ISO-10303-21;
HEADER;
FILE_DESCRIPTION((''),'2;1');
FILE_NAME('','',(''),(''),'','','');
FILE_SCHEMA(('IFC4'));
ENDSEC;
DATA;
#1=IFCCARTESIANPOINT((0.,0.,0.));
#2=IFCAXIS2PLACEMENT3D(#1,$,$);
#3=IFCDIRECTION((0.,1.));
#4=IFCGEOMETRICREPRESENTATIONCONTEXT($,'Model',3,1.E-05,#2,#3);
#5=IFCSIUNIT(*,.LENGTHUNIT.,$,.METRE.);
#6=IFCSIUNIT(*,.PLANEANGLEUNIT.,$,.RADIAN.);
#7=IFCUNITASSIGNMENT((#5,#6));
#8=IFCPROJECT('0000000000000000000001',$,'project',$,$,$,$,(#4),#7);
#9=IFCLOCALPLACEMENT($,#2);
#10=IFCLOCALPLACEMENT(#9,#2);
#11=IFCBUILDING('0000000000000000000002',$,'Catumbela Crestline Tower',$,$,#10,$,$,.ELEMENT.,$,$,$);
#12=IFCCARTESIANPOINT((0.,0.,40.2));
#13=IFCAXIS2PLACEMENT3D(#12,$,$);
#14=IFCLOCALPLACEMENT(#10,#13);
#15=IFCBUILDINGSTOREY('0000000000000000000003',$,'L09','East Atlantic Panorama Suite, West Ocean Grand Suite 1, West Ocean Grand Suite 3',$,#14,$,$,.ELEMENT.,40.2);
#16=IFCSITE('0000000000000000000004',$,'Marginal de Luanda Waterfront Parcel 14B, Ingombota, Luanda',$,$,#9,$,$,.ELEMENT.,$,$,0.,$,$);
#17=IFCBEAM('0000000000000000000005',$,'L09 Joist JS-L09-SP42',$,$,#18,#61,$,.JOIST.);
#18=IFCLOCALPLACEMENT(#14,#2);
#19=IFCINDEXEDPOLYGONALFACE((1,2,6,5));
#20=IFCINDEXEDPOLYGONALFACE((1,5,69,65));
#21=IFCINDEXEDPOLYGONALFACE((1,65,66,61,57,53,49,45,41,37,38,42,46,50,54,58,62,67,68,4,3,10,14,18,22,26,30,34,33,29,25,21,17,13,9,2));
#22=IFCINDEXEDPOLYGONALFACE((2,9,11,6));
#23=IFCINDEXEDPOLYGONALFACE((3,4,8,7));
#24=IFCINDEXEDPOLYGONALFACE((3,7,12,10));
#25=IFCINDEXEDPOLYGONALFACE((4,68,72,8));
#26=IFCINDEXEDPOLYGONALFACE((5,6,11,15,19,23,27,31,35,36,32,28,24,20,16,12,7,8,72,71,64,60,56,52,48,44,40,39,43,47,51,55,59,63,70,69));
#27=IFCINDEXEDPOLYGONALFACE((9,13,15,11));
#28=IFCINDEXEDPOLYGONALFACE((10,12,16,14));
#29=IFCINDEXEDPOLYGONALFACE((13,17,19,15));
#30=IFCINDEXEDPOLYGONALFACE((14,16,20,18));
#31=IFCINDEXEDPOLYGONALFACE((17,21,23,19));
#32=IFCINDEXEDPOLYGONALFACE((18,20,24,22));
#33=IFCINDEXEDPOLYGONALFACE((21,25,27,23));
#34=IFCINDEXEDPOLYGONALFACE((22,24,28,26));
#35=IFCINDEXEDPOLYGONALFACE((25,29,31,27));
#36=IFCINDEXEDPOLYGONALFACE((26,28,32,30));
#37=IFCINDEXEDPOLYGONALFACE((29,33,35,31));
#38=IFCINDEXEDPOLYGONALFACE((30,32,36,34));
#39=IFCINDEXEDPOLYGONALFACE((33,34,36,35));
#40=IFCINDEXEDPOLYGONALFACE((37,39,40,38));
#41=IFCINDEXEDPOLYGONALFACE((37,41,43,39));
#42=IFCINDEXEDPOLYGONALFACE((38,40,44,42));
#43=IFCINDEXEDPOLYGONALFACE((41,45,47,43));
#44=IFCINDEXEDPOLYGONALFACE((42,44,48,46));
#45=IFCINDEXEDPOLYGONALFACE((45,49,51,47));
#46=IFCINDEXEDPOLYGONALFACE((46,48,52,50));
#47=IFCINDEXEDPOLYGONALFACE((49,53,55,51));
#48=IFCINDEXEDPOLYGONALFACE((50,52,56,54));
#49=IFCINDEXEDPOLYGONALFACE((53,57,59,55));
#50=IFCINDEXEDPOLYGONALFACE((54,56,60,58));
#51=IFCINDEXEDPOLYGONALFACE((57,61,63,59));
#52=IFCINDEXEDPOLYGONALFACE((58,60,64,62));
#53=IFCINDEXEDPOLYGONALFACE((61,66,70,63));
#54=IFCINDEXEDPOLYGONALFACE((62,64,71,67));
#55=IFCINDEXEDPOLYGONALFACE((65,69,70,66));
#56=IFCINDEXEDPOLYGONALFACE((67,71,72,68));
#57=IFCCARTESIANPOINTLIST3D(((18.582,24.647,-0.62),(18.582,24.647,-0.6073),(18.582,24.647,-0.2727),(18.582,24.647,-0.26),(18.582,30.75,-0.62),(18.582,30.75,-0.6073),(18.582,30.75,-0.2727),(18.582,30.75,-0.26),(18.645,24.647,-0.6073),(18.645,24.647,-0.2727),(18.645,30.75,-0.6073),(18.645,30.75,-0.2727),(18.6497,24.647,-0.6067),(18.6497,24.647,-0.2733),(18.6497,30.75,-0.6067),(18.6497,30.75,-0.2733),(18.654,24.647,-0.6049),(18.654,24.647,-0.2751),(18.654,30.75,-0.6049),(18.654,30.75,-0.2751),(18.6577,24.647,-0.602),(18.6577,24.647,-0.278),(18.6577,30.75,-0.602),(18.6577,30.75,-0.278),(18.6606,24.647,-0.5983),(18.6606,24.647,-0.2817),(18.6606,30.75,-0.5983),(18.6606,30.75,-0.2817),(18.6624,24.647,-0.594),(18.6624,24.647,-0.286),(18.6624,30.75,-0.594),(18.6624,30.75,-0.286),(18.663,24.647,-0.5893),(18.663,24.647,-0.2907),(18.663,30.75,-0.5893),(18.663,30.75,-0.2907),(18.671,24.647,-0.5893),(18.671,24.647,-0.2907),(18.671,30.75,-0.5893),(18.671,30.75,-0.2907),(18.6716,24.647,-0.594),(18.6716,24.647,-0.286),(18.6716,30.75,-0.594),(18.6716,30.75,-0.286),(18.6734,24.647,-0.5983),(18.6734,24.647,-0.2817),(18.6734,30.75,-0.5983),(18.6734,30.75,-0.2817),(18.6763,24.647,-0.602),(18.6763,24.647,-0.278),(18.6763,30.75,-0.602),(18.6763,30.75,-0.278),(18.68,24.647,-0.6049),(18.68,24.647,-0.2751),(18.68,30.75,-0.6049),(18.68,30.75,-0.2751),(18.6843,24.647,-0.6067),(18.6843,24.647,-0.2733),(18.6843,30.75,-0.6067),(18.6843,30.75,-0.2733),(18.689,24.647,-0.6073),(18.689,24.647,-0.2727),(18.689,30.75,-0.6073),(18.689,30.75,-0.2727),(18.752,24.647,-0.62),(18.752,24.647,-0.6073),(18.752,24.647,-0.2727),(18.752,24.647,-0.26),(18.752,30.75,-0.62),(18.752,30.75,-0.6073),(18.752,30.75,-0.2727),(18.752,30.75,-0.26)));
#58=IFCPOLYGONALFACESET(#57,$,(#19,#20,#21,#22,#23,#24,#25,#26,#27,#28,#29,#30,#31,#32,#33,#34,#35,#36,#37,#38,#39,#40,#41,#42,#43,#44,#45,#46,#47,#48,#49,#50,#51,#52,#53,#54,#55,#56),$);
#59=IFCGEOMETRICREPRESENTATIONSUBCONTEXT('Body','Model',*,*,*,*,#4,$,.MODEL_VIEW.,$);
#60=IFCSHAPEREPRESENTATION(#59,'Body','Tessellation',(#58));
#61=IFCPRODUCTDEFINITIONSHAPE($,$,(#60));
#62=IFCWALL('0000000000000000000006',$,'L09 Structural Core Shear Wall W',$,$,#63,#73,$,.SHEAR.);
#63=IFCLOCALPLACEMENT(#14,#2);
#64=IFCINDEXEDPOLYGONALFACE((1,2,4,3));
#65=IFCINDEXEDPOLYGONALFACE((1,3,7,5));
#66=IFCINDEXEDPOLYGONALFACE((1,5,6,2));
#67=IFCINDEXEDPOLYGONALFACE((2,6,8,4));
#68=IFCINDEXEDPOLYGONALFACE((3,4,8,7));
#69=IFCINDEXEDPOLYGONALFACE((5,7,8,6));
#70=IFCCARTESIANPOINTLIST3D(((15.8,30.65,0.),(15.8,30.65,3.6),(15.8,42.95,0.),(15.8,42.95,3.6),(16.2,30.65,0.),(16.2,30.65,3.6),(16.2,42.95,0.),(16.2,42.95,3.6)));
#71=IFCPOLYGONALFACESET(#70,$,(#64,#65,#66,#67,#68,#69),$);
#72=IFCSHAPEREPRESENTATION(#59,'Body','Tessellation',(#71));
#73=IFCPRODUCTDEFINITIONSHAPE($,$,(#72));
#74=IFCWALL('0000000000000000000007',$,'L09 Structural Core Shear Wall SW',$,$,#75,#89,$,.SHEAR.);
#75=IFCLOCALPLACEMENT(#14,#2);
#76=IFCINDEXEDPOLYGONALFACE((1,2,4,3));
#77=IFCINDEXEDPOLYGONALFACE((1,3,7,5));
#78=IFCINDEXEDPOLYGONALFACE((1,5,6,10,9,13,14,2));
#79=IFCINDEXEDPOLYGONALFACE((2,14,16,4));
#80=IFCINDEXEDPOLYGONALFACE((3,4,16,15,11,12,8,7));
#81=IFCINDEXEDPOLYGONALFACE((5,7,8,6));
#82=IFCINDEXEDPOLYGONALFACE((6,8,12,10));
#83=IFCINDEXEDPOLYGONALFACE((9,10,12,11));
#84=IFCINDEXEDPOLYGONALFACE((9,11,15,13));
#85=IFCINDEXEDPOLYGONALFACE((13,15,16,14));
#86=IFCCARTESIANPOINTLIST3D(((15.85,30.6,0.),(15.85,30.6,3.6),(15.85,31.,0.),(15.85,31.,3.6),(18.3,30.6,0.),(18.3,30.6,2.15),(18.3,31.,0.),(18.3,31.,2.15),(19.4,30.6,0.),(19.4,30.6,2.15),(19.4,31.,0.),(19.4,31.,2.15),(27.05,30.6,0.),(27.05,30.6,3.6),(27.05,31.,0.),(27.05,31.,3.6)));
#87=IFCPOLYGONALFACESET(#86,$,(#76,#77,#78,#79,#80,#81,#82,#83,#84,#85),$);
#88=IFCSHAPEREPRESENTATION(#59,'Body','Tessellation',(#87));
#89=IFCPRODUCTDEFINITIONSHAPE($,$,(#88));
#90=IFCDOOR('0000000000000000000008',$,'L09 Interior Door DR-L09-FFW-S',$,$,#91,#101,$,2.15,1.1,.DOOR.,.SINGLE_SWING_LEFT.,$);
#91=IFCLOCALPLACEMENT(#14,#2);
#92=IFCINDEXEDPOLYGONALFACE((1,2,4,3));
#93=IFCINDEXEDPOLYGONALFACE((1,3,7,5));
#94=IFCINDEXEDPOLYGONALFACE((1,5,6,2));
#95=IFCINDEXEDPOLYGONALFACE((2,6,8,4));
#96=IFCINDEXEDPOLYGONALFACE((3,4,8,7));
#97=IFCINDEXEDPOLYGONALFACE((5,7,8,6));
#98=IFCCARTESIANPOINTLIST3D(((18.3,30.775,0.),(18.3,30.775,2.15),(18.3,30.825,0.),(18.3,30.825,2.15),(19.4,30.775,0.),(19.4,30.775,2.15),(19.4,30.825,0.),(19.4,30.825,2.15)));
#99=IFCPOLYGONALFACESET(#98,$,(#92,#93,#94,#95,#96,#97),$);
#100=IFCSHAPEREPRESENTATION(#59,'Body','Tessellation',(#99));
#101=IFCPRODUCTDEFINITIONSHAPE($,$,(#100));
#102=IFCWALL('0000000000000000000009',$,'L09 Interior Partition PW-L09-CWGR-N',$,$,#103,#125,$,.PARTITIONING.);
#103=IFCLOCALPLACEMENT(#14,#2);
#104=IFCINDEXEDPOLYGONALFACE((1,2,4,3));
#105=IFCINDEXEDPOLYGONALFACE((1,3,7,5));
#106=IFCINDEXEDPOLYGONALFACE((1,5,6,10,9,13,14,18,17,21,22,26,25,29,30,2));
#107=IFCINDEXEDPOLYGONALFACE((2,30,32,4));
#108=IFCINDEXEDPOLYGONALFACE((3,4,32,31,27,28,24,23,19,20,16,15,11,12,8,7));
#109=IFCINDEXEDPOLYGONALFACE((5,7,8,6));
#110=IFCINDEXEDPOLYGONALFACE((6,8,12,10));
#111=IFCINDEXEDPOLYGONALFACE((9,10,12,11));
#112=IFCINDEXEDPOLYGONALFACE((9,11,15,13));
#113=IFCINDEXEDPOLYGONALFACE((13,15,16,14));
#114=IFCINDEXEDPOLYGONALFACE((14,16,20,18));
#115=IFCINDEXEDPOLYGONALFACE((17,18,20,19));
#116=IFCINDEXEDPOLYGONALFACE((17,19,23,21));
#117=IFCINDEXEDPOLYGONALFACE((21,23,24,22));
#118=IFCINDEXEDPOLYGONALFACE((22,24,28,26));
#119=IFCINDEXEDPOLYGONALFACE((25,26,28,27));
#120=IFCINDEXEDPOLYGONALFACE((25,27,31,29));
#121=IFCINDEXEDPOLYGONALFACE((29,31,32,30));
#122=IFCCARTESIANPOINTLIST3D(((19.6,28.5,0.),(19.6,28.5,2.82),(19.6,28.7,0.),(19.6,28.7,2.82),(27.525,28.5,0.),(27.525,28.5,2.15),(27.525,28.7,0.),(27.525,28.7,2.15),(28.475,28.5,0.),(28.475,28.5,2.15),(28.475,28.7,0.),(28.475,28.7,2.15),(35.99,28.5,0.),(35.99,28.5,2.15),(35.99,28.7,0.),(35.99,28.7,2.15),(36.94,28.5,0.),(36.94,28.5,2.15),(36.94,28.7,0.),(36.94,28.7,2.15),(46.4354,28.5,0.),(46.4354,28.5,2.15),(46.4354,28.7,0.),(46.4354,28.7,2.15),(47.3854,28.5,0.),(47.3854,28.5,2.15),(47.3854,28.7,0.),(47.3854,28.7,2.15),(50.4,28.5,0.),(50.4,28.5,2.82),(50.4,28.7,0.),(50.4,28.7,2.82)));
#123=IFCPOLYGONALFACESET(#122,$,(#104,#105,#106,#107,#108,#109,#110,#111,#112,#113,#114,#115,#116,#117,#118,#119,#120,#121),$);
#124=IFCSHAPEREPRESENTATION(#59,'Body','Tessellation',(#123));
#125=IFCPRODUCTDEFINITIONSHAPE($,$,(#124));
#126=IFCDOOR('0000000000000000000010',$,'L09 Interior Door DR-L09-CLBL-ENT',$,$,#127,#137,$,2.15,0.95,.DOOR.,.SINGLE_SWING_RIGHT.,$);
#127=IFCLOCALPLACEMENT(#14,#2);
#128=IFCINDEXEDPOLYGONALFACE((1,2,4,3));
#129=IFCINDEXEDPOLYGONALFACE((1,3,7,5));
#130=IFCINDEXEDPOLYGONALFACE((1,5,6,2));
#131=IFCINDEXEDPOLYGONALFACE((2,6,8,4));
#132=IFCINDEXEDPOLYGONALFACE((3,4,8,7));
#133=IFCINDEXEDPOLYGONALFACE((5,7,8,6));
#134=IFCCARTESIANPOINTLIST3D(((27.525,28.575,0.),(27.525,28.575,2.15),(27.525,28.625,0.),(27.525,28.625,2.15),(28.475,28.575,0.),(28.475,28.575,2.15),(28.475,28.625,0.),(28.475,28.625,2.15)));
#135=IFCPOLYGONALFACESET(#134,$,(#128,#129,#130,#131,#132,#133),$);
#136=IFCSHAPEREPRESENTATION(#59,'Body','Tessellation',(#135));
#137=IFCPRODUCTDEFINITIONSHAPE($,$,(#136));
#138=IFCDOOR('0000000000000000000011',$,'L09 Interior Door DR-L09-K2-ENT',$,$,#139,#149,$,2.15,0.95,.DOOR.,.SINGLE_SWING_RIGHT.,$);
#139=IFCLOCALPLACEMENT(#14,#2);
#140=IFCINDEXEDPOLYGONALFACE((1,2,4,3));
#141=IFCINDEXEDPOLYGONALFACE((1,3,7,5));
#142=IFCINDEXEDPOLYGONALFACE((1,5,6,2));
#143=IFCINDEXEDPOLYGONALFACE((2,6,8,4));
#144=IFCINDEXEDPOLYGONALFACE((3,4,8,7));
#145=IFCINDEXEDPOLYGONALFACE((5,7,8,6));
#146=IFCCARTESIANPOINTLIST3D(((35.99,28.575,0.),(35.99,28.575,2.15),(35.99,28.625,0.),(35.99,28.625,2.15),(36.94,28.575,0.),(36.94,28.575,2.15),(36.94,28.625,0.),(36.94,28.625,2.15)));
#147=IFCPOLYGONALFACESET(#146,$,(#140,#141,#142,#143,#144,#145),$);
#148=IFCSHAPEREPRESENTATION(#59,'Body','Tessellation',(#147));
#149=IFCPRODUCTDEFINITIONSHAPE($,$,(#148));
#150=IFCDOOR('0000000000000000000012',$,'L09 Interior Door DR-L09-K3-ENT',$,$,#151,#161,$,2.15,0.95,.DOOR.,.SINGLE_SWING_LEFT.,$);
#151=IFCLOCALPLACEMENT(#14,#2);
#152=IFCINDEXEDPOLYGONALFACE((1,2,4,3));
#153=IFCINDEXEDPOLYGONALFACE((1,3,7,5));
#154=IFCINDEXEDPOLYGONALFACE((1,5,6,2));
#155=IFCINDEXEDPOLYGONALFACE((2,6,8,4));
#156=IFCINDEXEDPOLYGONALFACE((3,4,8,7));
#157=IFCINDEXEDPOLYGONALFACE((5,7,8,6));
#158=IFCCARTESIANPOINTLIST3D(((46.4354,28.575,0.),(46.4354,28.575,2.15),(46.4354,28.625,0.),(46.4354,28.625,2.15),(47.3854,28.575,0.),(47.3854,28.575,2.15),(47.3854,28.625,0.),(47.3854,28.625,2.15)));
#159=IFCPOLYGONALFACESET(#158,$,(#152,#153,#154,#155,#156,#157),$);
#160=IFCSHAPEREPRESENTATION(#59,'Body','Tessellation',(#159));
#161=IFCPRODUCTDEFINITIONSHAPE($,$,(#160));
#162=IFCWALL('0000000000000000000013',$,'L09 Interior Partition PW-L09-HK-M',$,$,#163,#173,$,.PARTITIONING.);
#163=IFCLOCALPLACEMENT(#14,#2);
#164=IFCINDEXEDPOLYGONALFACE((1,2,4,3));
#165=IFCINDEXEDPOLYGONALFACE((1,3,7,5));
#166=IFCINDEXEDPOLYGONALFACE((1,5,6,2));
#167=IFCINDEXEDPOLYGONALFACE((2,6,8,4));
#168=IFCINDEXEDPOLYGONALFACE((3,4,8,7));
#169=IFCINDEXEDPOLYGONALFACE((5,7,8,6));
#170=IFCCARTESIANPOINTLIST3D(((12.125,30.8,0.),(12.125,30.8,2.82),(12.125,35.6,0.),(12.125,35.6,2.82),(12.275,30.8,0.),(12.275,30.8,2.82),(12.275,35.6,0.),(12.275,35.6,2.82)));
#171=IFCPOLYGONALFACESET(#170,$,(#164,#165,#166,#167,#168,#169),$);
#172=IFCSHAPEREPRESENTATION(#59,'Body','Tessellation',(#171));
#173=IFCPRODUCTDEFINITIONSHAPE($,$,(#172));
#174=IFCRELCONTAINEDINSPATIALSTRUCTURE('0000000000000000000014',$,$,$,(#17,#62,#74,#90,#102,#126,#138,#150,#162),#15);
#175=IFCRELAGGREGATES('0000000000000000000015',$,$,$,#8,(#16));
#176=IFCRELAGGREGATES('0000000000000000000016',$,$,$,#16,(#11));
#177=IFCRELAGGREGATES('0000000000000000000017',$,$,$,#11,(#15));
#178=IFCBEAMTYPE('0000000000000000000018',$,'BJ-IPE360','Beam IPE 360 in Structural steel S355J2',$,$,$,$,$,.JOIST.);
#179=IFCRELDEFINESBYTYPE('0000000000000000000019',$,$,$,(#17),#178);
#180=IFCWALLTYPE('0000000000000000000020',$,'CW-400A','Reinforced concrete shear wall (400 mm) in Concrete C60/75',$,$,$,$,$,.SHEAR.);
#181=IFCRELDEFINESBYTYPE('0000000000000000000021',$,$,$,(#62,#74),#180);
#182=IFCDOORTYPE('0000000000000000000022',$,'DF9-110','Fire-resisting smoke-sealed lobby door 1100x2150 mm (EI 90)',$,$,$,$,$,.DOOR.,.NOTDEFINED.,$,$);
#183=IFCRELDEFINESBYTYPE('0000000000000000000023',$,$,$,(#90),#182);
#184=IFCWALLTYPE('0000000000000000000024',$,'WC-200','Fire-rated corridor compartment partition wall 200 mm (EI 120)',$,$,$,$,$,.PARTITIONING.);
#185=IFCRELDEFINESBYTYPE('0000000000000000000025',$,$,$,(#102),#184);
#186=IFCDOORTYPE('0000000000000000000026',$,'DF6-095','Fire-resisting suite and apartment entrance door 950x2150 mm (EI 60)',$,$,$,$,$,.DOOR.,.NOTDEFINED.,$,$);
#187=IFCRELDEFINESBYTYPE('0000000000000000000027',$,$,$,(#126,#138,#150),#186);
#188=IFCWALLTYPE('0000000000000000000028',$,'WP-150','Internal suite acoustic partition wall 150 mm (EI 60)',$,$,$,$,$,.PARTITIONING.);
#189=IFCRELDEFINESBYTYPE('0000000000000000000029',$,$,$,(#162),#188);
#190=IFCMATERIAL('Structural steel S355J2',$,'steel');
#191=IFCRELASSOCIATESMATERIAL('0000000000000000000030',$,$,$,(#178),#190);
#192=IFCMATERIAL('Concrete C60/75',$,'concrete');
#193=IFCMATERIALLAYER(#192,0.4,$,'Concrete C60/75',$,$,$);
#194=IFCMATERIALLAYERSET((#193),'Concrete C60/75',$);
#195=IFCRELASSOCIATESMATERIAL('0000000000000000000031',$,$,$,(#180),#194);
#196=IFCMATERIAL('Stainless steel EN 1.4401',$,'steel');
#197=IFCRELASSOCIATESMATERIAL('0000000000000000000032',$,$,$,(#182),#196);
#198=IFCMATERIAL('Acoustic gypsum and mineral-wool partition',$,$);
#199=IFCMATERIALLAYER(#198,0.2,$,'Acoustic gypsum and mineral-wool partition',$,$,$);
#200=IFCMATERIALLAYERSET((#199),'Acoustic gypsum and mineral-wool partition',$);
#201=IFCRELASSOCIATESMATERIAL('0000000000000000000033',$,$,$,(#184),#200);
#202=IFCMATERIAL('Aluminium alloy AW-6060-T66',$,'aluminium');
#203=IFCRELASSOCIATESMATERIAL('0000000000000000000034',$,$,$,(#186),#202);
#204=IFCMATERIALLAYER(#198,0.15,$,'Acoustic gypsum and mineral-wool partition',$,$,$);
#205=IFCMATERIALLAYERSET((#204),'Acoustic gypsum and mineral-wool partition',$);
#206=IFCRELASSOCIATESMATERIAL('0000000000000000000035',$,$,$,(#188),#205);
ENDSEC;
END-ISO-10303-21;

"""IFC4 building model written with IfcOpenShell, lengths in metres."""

from ifc_helpers import new_model, si_unit, direction, frame, frame_2d, origin, origin_2d, place, context, subcontext, project, spatial, rectangle, i_section, extrude, material, layer, layer_set, material_profile, profile_set, type_object, element, fill, save


model = new_model("IFC4")

# Units and contexts
model_context = context("Model", 3, precision=1e-05, world=origin(), true_north=direction((0.0, 1.0)))
body_context = subcontext(model_context, "Body", "Model", "MODEL_VIEW")
ifc_project = project(units=[si_unit("LENGTHUNIT", "METRE"), si_unit("PLANEANGLEUNIT", "RADIAN")], contexts=[model_context])

# Site, building, storey
site_placement = place(None, origin())
site = spatial("IfcSite", under=ifc_project, at=site_placement, Name="Marginal de Luanda Waterfront Parcel 14B, Ingombota, Luanda", CompositionType="ELEMENT", RefElevation=0.0)
building_placement = place(site_placement, origin())
building = spatial("IfcBuilding", under=site, at=building_placement, Name="Catumbela Crestline Tower", CompositionType="ELEMENT")
storey_placement = place(building_placement, frame((0.0, 0.0, 40.2)))
storey = spatial("IfcBuildingStorey", under=building, at=storey_placement, Name="L09", Description="East Atlantic Panorama Suite, West Ocean Grand Suite 1, West Ocean Grand Suite 3", CompositionType="ELEMENT", Elevation=40.2)

# Shared definitions
ifc_material_1 = material(Name="Concrete C60/75", Category="concrete")

# Beam
ifc_material_2 = material(Name="Structural steel S355J2", Category="steel")
ifc_material_profile_1 = material_profile(ifc_material_2, i_section(OverallWidth=0.17, OverallDepth=0.36, WebThickness=0.008, FlangeThickness=0.0127, FilletRadius=0.018, at=origin_2d()), Name="IPE 360")
ifc_profile_set_1 = profile_set([ifc_material_profile_1], Name="Structural steel S355J2")
beam_type_1 = type_object("IfcBeamType", Name="BJ-IPE360", Description="Beam IPE 360 in Structural steel S355J2", PredefinedType="JOIST", material=ifc_profile_set_1)
beam_1_placement = place(storey_placement, frame((18.667, 24.647, -0.44), z_axis=(0.0, 1.0, 0.0), x_axis=(-1.0, 0.0, 0.0)))
element("IfcBeam", 1, at=beam_1_placement, inside=storey, type_object=beam_type_1, Name="L09 Joist JS-L09-SP42", PredefinedType="JOIST", context=body_context, shape_type="SweptSolid", body=[
    extrude(i_section(OverallWidth=0.17, OverallDepth=0.36, WebThickness=0.008, FlangeThickness=0.0127, FilletRadius=0.018, at=origin_2d()), origin(), (0.0, 0.0, 1.0), 6.103),
])

# Wall
ifc_layer_1 = layer(ifc_material_1, 0.4, Name="Concrete C60/75")
ifc_layer_set_1 = layer_set([ifc_layer_1], Name="Concrete C60/75")
wall_type_1 = type_object("IfcWallType", Name="CW-400A", Description="Reinforced concrete shear wall (400 mm) in Concrete C60/75", PredefinedType="SHEAR", material=ifc_layer_set_1)
wall_1_placement = place(storey_placement, frame((16.0, 30.65, 0.0), z_axis=(0.0, 0.0, 1.0), x_axis=(0.0, 1.0, 0.0)))
element("IfcWall", 2, at=wall_1_placement, inside=storey, type_object=wall_type_1, Name="L09 Structural Core Shear Wall W", PredefinedType="SHEAR", context=body_context, shape_type="SweptSolid", body=[
    extrude(rectangle(XDim=12.3, YDim=0.4, at=frame_2d((6.15, 0.0))), origin(), (0.0, 0.0, 1.0), 3.6),
])

# Wall, opening, door
wall_2_placement = place(storey_placement, frame((15.85, 30.8, 0.0), z_axis=(0.0, 0.0, 1.0), x_axis=(1.0, 0.0, 0.0)))
wall_2 = element("IfcWall", 3, at=wall_2_placement, inside=storey, type_object=wall_type_1, Name="L09 Structural Core Shear Wall SW", PredefinedType="SHEAR", context=body_context, shape_type="SweptSolid", body=[
    extrude(rectangle(XDim=11.2, YDim=0.4, at=frame_2d((5.6, 0.0))), origin(), (0.0, 0.0, 1.0), 3.6),
])
opening_1_placement = place(wall_2_placement, frame((2.45, 0.0, 0.0)))
opening_1 = element("IfcOpeningElement", 4, at=opening_1_placement, cuts=wall_2, PredefinedType="OPENING", context=body_context, shape_type="SweptSolid", body=[
    extrude(rectangle(XDim=1.1, YDim=2.15, at=frame_2d((0.55, 1.075))), frame((0.0, 0.21, 0.0), z_axis=(0.0, -1.0, 0.0), x_axis=(1.0, 0.0, 0.0)), (0.0, 0.0, 1.0), 0.42),
])
ifc_material_3 = material(Name="Stainless steel EN 1.4401", Category="steel")
door_type_1 = type_object("IfcDoorType", Name="DF9-110", Description="Fire-resisting smoke-sealed lobby door 1100x2150 mm (EI 90)", OperationType="NOTDEFINED", PredefinedType="DOOR", material=ifc_material_3)
door_1_placement = place(opening_1_placement, origin())
door_1 = element("IfcDoor", 5, at=door_1_placement, inside=storey, type_object=door_type_1, Name="L09 Interior Door DR-L09-FFW-S", OperationType="SINGLE_SWING_LEFT", OverallHeight=2.15, OverallWidth=1.1, PredefinedType="DOOR", context=body_context, shape_type="SweptSolid", body=[
    extrude(rectangle(XDim=1.1, YDim=2.15, at=frame_2d((0.55, 1.075))), frame((0.0, 0.025, 0.0), z_axis=(0.0, -1.0, 0.0), x_axis=(1.0, 0.0, 0.0)), (0.0, 0.0, 1.0), 0.05),
])
fill(opening_1, door_1)

# Wall, openings, doors
ifc_material_4 = material(Name="Acoustic gypsum and mineral-wool partition")
ifc_layer_2 = layer(ifc_material_4, 0.2, Name="Acoustic gypsum and mineral-wool partition")
ifc_layer_set_2 = layer_set([ifc_layer_2], Name="Acoustic gypsum and mineral-wool partition")
wall_type_2 = type_object("IfcWallType", Name="WC-200", Description="Fire-rated corridor compartment partition wall 200 mm (EI 120)", PredefinedType="PARTITIONING", material=ifc_layer_set_2)
wall_3_placement = place(storey_placement, frame((19.6, 28.6, 0.0), z_axis=(0.0, 0.0, 1.0), x_axis=(1.0, 0.0, 0.0)))
wall_3 = element("IfcWall", 6, at=wall_3_placement, inside=storey, type_object=wall_type_2, Name="L09 Interior Partition PW-L09-CWGR-N", PredefinedType="PARTITIONING", context=body_context, shape_type="SweptSolid", body=[
    extrude(rectangle(XDim=30.8, YDim=0.2, at=frame_2d((15.4, 0.0))), origin(), (0.0, 0.0, 1.0), 2.82),
])
opening_2_placement = place(wall_3_placement, frame((7.925, 0.0, 0.0)))
opening_2 = element("IfcOpeningElement", 7, at=opening_2_placement, cuts=wall_3, PredefinedType="OPENING", context=body_context, shape_type="SweptSolid", body=[
    extrude(rectangle(XDim=0.95, YDim=2.15, at=frame_2d((0.475, 1.075))), frame((0.0, 0.11, 0.0), z_axis=(0.0, -1.0, 0.0), x_axis=(1.0, 0.0, 0.0)), (0.0, 0.0, 1.0), 0.22),
])
opening_3_placement = place(wall_3_placement, frame((16.39, 0.0, 0.0)))
opening_3 = element("IfcOpeningElement", 8, at=opening_3_placement, cuts=wall_3, PredefinedType="OPENING", context=body_context, shape_type="SweptSolid", body=[
    extrude(rectangle(XDim=0.95, YDim=2.15, at=frame_2d((0.475, 1.075))), frame((0.0, 0.11, 0.0), z_axis=(0.0, -1.0, 0.0), x_axis=(1.0, 0.0, 0.0)), (0.0, 0.0, 1.0), 0.22),
])
opening_4_placement = place(wall_3_placement, frame((26.8354, 0.0, 0.0)))
opening_4 = element("IfcOpeningElement", 9, at=opening_4_placement, cuts=wall_3, PredefinedType="OPENING", context=body_context, shape_type="SweptSolid", body=[
    extrude(rectangle(XDim=0.95, YDim=2.15, at=frame_2d((0.475, 1.075))), frame((0.0, 0.11, 0.0), z_axis=(0.0, -1.0, 0.0), x_axis=(1.0, 0.0, 0.0)), (0.0, 0.0, 1.0), 0.22),
])
ifc_material_5 = material(Name="Aluminium alloy AW-6060-T66", Category="aluminium")
door_type_2 = type_object("IfcDoorType", Name="DF6-095", Description="Fire-resisting suite and apartment entrance door 950x2150 mm (EI 60)", OperationType="NOTDEFINED", PredefinedType="DOOR", material=ifc_material_5)
door_2_placement = place(opening_2_placement, origin())
door_2 = element("IfcDoor", 10, at=door_2_placement, inside=storey, type_object=door_type_2, Name="L09 Interior Door DR-L09-CLBL-ENT", OperationType="SINGLE_SWING_RIGHT", OverallHeight=2.15, OverallWidth=0.95, PredefinedType="DOOR", context=body_context, shape_type="SweptSolid", body=[
    extrude(rectangle(XDim=0.95, YDim=2.15, at=frame_2d((0.475, 1.075))), frame((0.0, 0.025, 0.0), z_axis=(0.0, -1.0, 0.0), x_axis=(1.0, 0.0, 0.0)), (0.0, 0.0, 1.0), 0.05),
])
fill(opening_2, door_2)
door_3_placement = place(opening_3_placement, origin())
door_3 = element("IfcDoor", 11, at=door_3_placement, inside=storey, type_object=door_type_2, Name="L09 Interior Door DR-L09-K2-ENT", OperationType="SINGLE_SWING_RIGHT", OverallHeight=2.15, OverallWidth=0.95, PredefinedType="DOOR", context=body_context, shape_type="SweptSolid", body=[
    extrude(rectangle(XDim=0.95, YDim=2.15, at=frame_2d((0.475, 1.075))), frame((0.0, 0.025, 0.0), z_axis=(0.0, -1.0, 0.0), x_axis=(1.0, 0.0, 0.0)), (0.0, 0.0, 1.0), 0.05),
])
fill(opening_3, door_3)
door_4_placement = place(opening_4_placement, origin())
door_4 = element("IfcDoor", 12, at=door_4_placement, inside=storey, type_object=door_type_2, Name="L09 Interior Door DR-L09-K3-ENT", OperationType="SINGLE_SWING_LEFT", OverallHeight=2.15, OverallWidth=0.95, PredefinedType="DOOR", context=body_context, shape_type="SweptSolid", body=[
    extrude(rectangle(XDim=0.95, YDim=2.15, at=frame_2d((0.475, 1.075))), frame((0.0, 0.025, 0.0), z_axis=(0.0, -1.0, 0.0), x_axis=(1.0, 0.0, 0.0)), (0.0, 0.0, 1.0), 0.05),
])
fill(opening_4, door_4)

# Wall
ifc_layer_3 = layer(ifc_material_4, 0.15, Name="Acoustic gypsum and mineral-wool partition")
ifc_layer_set_3 = layer_set([ifc_layer_3], Name="Acoustic gypsum and mineral-wool partition")
wall_type_3 = type_object("IfcWallType", Name="WP-150", Description="Internal suite acoustic partition wall 150 mm (EI 60)", PredefinedType="PARTITIONING", material=ifc_layer_set_3)
wall_4_placement = place(storey_placement, frame((12.2, 30.8, 0.0), z_axis=(0.0, 0.0, 1.0), x_axis=(0.0, 1.0, 0.0)))
element("IfcWall", 13, at=wall_4_placement, inside=storey, type_object=wall_type_3, Name="L09 Interior Partition PW-L09-HK-M", PredefinedType="PARTITIONING", context=body_context, shape_type="SweptSolid", body=[
    extrude(rectangle(XDim=4.8, YDim=0.15, at=frame_2d((2.4, 0.0))), origin(), (0.0, 0.0, 1.0), 2.82),
])

save(model, "model.ifc")
